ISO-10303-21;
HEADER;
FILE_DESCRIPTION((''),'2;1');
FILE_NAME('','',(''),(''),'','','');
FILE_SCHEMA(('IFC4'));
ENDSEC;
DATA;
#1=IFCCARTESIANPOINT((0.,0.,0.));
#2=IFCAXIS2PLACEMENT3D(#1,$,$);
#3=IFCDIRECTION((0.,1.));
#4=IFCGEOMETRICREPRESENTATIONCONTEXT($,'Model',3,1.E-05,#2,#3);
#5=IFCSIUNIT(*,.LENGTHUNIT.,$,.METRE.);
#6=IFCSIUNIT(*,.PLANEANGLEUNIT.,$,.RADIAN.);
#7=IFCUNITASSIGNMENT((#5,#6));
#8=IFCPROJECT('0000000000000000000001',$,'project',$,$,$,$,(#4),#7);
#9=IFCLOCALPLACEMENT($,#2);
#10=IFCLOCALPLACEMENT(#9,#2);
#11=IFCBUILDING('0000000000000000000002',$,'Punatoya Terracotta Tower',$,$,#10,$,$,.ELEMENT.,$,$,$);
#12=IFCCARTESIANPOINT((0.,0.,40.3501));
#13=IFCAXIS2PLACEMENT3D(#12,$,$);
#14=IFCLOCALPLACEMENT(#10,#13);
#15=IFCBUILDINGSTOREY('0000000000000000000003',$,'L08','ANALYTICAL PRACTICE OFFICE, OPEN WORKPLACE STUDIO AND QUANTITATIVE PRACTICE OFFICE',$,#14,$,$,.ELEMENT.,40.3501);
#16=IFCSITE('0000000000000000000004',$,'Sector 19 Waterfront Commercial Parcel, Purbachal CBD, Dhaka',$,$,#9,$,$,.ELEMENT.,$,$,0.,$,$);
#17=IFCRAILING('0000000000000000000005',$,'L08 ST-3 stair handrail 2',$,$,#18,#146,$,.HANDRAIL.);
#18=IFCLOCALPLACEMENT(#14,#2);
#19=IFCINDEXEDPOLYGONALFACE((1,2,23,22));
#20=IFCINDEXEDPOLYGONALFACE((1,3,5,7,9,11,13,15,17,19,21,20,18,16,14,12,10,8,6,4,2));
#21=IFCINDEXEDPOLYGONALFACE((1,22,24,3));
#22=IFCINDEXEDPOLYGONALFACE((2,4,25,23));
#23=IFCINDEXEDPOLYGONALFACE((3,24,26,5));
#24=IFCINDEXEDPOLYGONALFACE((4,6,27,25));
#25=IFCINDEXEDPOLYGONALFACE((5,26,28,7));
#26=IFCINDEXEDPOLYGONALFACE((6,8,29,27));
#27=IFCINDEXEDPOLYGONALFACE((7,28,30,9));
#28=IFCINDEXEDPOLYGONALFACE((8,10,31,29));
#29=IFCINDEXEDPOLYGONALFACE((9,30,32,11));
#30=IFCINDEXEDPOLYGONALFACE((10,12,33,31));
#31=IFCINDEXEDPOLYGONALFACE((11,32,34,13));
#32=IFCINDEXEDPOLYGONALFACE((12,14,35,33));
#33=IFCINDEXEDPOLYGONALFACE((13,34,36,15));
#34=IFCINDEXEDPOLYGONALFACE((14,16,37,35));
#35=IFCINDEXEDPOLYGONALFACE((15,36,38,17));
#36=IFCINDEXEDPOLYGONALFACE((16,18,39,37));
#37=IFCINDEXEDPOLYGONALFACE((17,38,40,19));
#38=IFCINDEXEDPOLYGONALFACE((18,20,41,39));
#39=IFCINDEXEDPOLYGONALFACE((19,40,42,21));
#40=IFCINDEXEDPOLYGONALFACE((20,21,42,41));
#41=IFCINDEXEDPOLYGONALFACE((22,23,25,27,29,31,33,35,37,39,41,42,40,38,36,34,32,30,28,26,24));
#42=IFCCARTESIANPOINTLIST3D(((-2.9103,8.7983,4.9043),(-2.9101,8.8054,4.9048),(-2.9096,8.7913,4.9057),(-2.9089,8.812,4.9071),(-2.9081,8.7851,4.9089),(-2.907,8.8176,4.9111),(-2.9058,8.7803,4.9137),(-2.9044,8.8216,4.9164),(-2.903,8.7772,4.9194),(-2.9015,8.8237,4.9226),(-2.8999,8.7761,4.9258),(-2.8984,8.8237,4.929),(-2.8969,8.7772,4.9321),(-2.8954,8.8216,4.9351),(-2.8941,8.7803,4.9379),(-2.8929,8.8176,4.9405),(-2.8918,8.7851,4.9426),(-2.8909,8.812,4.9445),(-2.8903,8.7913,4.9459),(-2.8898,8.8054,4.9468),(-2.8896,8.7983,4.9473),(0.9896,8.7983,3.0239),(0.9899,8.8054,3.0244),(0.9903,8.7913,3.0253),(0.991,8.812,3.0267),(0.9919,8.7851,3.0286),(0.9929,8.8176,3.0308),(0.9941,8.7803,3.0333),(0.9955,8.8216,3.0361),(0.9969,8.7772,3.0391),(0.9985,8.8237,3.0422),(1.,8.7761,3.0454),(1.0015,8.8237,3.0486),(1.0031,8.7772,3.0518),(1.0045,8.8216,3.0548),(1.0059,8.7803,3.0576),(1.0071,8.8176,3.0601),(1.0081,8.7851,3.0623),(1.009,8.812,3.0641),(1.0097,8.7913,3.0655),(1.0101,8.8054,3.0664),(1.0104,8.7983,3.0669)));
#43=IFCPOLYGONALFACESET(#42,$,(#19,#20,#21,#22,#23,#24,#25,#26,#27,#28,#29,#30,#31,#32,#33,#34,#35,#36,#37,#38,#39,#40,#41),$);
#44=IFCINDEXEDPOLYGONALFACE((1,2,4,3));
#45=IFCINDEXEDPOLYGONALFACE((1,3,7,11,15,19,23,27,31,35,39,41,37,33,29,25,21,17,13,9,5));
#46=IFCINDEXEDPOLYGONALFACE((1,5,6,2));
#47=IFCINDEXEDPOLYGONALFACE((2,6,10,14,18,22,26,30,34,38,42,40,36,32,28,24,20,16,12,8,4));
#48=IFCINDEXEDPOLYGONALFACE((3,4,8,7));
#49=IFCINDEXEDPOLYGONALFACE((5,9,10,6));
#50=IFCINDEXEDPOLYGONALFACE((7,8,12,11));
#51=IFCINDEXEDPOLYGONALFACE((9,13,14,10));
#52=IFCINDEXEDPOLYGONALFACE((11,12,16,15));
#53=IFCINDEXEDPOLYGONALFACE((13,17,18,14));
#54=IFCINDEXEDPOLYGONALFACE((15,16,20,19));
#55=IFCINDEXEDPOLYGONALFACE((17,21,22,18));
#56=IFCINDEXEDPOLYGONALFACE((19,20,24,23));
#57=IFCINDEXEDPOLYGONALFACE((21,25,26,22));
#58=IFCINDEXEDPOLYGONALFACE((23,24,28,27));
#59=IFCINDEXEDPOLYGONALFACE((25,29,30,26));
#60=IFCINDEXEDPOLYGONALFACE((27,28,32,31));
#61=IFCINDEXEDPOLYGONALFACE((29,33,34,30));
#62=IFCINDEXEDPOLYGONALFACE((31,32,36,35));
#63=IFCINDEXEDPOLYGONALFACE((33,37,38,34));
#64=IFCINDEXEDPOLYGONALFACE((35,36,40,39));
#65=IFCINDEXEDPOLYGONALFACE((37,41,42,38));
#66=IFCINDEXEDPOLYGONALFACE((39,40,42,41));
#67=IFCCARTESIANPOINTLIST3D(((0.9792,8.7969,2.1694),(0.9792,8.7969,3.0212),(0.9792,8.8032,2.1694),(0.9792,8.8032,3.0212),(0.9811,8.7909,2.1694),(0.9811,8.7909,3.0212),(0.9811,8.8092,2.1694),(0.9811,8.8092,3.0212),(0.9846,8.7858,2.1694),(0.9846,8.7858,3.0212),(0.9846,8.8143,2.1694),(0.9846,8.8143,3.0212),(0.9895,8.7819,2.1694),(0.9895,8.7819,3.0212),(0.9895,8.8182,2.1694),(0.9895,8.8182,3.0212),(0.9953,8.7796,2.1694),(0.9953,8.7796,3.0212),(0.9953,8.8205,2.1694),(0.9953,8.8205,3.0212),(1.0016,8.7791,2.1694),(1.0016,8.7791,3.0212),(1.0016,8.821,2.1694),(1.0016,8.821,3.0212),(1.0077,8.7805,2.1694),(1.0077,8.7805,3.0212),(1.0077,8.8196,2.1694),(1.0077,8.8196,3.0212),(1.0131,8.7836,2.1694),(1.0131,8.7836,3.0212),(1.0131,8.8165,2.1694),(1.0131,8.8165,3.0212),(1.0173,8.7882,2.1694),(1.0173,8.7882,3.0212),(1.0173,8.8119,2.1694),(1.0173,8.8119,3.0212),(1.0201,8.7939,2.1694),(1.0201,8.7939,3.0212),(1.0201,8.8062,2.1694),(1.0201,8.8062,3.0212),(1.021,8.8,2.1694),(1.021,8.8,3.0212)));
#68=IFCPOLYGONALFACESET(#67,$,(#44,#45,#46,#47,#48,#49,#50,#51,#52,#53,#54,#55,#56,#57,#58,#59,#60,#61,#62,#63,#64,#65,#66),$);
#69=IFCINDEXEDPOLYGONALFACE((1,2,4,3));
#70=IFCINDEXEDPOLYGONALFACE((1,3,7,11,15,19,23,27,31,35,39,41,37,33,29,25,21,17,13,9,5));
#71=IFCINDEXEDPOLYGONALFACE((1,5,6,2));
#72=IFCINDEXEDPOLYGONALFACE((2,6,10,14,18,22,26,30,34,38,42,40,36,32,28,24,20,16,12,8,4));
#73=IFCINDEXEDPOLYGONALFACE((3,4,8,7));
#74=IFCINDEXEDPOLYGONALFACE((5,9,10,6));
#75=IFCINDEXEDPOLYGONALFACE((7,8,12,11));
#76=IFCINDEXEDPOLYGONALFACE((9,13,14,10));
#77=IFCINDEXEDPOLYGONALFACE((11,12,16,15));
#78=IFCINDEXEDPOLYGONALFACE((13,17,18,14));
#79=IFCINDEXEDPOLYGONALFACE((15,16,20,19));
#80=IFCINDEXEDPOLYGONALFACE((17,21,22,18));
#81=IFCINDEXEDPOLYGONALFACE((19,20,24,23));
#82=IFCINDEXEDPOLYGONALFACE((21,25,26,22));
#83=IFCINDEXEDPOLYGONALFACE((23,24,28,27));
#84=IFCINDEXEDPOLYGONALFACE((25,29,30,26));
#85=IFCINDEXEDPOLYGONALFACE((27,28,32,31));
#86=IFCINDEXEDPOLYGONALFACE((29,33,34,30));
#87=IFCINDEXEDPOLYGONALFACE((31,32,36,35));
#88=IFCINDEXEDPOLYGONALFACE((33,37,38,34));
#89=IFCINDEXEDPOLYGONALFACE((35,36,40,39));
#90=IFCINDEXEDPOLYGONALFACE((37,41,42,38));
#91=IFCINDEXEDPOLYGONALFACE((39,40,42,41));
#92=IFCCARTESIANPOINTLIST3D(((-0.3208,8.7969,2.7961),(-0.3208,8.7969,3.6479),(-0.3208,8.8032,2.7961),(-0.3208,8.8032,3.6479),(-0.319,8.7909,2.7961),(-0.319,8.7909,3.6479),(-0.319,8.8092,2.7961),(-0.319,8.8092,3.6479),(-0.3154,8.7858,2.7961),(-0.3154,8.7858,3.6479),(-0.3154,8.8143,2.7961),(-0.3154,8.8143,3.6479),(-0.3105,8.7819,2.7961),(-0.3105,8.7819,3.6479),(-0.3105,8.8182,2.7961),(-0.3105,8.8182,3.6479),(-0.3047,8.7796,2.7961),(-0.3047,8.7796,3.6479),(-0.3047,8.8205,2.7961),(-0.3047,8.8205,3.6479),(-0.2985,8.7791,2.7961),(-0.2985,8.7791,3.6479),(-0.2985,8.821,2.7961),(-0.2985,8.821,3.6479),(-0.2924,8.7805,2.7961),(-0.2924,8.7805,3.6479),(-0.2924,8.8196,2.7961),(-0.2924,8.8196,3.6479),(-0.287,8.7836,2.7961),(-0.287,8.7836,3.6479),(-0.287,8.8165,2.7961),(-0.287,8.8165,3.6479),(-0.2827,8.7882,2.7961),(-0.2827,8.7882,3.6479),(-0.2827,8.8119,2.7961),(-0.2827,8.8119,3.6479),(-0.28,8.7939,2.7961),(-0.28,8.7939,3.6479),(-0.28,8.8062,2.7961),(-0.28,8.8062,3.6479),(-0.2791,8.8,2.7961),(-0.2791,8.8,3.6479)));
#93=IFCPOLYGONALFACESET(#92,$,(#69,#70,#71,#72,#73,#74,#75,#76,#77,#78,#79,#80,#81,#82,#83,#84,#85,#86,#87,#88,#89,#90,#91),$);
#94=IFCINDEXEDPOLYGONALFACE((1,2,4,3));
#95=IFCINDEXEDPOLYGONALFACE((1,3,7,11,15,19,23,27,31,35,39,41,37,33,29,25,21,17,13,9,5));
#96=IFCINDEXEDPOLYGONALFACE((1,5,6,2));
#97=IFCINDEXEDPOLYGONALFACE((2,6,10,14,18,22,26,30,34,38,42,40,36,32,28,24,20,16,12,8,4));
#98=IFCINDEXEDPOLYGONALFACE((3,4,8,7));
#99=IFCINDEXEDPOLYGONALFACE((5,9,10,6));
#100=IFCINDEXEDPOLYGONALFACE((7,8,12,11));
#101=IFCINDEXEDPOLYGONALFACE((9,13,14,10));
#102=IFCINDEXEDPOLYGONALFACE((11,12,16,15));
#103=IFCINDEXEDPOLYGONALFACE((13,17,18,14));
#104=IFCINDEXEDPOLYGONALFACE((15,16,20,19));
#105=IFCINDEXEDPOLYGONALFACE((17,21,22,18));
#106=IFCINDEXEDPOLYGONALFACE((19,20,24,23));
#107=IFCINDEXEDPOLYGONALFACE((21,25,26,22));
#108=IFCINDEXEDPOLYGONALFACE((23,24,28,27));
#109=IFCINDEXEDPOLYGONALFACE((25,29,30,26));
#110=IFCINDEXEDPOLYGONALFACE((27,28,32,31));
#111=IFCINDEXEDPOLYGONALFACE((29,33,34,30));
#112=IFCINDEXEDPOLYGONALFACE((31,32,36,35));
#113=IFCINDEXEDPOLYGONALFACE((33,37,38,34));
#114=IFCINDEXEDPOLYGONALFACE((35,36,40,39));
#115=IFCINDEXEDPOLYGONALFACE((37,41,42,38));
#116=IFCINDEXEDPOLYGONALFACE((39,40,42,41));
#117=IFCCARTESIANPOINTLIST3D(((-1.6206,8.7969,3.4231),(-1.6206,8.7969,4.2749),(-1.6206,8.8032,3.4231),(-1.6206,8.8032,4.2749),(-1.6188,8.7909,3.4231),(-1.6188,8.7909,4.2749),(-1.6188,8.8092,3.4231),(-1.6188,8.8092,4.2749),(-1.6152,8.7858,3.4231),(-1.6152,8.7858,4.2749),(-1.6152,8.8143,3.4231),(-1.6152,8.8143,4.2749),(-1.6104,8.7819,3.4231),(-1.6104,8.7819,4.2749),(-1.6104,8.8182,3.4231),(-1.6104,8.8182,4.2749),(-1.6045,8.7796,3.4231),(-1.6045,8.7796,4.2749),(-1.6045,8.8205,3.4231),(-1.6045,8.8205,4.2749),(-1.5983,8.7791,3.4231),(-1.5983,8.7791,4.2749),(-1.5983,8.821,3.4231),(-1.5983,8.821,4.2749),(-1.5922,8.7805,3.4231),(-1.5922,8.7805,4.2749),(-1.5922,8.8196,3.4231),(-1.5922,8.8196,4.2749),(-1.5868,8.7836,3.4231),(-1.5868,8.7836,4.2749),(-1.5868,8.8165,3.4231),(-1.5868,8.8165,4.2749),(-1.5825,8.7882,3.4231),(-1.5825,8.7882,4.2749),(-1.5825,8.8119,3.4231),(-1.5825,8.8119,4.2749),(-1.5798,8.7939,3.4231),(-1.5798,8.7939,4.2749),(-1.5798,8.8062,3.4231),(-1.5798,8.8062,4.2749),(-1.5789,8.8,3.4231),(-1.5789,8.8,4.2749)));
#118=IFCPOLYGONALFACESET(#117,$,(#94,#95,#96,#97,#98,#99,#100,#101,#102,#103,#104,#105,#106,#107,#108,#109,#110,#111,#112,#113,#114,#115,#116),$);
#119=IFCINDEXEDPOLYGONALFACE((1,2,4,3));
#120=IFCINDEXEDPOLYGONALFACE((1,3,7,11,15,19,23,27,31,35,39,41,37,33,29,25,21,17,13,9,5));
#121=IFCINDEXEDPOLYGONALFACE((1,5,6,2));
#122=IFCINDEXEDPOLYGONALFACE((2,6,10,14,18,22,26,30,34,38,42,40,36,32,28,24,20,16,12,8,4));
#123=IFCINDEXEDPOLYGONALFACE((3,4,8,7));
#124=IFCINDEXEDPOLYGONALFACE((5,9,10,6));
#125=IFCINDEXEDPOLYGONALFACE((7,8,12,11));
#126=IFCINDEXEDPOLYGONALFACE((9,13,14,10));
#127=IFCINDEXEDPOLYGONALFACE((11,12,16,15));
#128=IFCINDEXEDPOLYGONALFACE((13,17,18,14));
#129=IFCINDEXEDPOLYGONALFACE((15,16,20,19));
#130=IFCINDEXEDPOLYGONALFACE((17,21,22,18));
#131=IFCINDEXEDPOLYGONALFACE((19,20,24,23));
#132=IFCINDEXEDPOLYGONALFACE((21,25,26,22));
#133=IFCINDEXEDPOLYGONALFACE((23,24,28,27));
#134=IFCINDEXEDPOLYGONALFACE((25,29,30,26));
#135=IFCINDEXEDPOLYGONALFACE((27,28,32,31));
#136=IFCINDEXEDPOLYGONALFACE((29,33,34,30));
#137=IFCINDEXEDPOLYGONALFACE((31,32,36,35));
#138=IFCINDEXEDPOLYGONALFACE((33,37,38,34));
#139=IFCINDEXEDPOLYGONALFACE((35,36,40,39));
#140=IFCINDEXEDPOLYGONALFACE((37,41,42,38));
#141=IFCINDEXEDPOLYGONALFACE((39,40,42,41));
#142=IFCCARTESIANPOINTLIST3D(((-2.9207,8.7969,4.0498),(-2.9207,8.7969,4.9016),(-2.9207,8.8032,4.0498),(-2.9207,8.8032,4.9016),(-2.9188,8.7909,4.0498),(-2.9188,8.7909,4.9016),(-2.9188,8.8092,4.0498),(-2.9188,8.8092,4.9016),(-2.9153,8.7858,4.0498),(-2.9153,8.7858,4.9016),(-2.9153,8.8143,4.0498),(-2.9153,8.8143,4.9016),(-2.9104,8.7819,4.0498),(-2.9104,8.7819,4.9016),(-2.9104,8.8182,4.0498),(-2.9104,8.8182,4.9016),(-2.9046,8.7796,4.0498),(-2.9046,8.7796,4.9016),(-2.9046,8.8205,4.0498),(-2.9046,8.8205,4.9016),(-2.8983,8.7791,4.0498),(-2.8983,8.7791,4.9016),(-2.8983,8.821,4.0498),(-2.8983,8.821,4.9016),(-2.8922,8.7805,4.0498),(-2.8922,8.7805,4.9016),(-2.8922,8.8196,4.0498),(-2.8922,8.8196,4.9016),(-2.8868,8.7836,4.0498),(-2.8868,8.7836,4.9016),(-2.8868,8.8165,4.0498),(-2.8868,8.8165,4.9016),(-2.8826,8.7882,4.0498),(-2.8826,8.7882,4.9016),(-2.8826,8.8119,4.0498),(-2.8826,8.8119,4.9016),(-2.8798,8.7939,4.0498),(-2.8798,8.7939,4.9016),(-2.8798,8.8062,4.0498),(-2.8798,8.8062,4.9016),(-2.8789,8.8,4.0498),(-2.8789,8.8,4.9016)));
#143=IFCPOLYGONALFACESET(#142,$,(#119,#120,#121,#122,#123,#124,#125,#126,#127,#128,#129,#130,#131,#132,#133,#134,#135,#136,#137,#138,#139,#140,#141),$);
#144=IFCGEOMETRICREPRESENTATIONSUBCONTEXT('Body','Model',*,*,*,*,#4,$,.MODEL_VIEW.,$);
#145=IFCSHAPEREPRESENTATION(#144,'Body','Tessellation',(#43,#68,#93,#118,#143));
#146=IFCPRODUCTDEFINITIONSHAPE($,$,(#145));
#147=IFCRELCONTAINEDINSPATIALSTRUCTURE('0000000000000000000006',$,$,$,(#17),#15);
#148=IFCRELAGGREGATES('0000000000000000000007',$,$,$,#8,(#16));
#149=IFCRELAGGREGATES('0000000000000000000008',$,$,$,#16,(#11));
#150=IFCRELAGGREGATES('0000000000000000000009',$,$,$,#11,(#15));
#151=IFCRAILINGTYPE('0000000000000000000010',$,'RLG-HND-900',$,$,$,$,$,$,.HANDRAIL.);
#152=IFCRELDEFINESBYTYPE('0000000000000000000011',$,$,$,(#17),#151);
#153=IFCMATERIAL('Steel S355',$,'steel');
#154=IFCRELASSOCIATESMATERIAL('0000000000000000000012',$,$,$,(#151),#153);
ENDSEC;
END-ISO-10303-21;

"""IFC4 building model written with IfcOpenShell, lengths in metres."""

from ifc_helpers import new_model, si_unit, direction, frame, origin, origin_2d, place, context, subcontext, project, spatial, circle, extrude, material, type_object, element, save


model = new_model("IFC4")

# Units and contexts
model_context = context("Model", 3, precision=1e-05, world=origin(), true_north=direction((0.0, 1.0)))
body_context = subcontext(model_context, "Body", "Model", "MODEL_VIEW")
ifc_project = project(units=[si_unit("LENGTHUNIT", "METRE"), si_unit("PLANEANGLEUNIT", "RADIAN")], contexts=[model_context])

# Site, building, storey
site_placement = place(None, origin())
site = spatial("IfcSite", under=ifc_project, at=site_placement, Name="Sector 19 Waterfront Commercial Parcel, Purbachal CBD, Dhaka", CompositionType="ELEMENT", RefElevation=0.0)
building_placement = place(site_placement, origin())
building = spatial("IfcBuilding", under=site, at=building_placement, Name="Punatoya Terracotta Tower", CompositionType="ELEMENT")
storey_placement = place(building_placement, frame((0.0, 0.0, 40.3501)))
storey = spatial("IfcBuildingStorey", under=building, at=storey_placement, Name="L08", Description="ANALYTICAL PRACTICE OFFICE, OPEN WORKPLACE STUDIO AND QUANTITATIVE PRACTICE OFFICE", CompositionType="ELEMENT", Elevation=40.3501)

# Shared definitions
ifc_material_1 = material(Name="Steel S355", Category="steel")

# Railing
railing_type_1 = type_object("IfcRailingType", Name="RLG-HND-900", PredefinedType="HANDRAIL", material=ifc_material_1)
railing_1_placement = place(storey_placement, frame((1.0, 8.8, 2.1694)))
element("IfcRailing", 1, at=railing_1_placement, inside=storey, type_object=railing_type_1, Name="L08 ST-3 stair handrail 2", PredefinedType="HANDRAIL", context=body_context, shape_type="SweptSolid", body=[
    extrude(circle(Radius=0.0239, at=origin_2d()), frame((0.0, 0.0, 0.876), z_axis=(-0.900763, 0.0, 0.434311), x_axis=(0.0, -1.0, 0.0)), (0.0, 0.0, 1.0), 4.3296),
    extrude(circle(Radius=0.021, at=origin_2d()), origin(), (0.0, 0.0, 1.0), 0.8518),
    extrude(circle(Radius=0.021, at=origin_2d()), frame((-1.3, 0.0, 0.6267)), (0.0, 0.0, 1.0), 0.8518),
    extrude(circle(Radius=0.021, at=origin_2d()), frame((-2.5999, 0.0, 1.2537)), (0.0, 0.0, 1.0), 0.8518),
    extrude(circle(Radius=0.021, at=origin_2d()), frame((-3.8999, 0.0, 1.8804)), (0.0, 0.0, 1.0), 0.8518),
])

save(model, "model.ifc")
